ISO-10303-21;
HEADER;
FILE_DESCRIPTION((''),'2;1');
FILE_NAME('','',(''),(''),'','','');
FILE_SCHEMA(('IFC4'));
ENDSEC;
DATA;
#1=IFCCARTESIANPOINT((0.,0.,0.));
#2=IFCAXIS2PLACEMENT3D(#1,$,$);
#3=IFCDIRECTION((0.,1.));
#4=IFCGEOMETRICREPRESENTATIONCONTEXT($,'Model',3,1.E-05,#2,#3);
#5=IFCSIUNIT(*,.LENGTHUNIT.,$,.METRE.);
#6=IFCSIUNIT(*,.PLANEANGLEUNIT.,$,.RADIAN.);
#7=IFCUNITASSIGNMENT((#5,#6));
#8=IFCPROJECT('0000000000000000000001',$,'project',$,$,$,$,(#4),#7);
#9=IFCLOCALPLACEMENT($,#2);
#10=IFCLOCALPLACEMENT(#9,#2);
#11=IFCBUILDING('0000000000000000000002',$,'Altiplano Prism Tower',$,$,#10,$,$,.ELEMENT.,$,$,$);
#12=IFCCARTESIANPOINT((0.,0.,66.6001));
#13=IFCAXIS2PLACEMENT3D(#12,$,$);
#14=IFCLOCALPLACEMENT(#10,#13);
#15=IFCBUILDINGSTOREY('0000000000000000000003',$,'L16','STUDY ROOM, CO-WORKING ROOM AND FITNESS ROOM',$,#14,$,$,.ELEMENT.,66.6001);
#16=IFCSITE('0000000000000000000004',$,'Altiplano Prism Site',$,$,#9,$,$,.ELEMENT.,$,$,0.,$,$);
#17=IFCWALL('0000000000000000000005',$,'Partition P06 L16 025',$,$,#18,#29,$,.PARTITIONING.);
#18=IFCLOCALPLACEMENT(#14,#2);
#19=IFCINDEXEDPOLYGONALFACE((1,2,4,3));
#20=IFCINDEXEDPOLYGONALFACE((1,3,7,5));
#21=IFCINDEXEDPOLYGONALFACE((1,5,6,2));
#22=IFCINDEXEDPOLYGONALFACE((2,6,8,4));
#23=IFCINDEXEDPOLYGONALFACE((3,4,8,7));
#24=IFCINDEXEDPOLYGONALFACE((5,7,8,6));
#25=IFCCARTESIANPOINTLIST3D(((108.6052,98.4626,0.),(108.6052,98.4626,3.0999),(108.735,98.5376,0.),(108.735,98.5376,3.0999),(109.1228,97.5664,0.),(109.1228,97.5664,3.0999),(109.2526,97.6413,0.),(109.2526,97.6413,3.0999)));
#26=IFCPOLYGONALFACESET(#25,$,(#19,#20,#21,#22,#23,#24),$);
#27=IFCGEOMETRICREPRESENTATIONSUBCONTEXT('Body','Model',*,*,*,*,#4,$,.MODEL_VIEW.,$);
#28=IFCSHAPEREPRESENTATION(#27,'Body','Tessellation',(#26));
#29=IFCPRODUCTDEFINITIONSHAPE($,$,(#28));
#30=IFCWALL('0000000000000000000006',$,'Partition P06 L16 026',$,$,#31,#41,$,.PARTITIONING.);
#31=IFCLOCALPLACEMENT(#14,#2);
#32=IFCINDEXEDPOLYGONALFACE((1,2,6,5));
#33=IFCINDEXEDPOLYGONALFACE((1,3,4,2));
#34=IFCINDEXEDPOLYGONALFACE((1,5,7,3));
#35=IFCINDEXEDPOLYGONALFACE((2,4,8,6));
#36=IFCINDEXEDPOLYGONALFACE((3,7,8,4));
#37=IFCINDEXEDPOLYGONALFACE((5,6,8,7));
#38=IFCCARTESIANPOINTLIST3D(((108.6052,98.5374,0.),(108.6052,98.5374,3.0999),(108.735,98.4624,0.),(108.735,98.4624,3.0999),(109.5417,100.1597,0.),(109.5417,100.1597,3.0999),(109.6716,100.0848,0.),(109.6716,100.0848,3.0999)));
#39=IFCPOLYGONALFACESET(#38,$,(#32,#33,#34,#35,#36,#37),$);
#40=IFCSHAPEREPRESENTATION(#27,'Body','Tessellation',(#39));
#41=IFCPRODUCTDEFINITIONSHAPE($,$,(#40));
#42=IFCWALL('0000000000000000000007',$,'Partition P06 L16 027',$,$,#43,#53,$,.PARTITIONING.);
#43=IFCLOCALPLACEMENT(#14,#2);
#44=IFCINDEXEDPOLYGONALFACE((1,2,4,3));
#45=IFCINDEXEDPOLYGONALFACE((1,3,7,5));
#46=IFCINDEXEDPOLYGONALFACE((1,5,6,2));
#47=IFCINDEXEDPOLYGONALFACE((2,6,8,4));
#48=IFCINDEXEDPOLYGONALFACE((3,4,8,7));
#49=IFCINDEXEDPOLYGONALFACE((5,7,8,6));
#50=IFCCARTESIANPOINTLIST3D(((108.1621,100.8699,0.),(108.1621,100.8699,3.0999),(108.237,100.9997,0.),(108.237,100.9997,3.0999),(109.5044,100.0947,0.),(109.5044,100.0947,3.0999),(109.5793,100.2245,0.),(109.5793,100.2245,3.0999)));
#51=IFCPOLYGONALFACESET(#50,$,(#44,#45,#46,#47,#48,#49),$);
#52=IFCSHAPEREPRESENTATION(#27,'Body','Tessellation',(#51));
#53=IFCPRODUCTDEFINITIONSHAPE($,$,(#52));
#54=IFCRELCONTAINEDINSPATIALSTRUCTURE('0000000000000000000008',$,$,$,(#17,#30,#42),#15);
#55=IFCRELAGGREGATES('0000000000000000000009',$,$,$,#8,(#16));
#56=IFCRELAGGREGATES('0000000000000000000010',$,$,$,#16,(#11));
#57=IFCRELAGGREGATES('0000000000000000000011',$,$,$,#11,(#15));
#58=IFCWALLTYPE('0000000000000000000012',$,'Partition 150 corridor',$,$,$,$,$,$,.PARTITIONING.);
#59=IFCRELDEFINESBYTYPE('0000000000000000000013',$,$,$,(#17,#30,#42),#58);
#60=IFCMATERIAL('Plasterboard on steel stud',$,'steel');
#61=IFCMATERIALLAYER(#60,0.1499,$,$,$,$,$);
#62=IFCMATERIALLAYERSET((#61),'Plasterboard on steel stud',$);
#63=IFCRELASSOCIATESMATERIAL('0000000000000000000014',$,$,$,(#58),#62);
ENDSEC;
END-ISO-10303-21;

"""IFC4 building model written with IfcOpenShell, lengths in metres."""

from ifc_helpers import new_model, si_unit, direction, frame, frame_2d, origin, place, context, subcontext, project, spatial, rectangle, extrude, material, layer, layer_set, type_object, element, save


model = new_model("IFC4")

# Units and contexts
model_context = context("Model", 3, precision=1e-05, world=origin(), true_north=direction((0.0, 1.0)))
body_context = subcontext(model_context, "Body", "Model", "MODEL_VIEW")
ifc_project = project(units=[si_unit("LENGTHUNIT", "METRE"), si_unit("PLANEANGLEUNIT", "RADIAN")], contexts=[model_context])

# Site, building, storey
site_placement = place(None, origin())
site = spatial("IfcSite", under=ifc_project, at=site_placement, Name="Altiplano Prism Site", CompositionType="ELEMENT", RefElevation=0.0)
building_placement = place(site_placement, origin())
building = spatial("IfcBuilding", under=site, at=building_placement, Name="Altiplano Prism Tower", CompositionType="ELEMENT")
storey_placement = place(building_placement, frame((0.0, 0.0, 66.6001)))
storey = spatial("IfcBuildingStorey", under=building, at=storey_placement, Name="L16", Description="STUDY ROOM, CO-WORKING ROOM AND FITNESS ROOM", CompositionType="ELEMENT", Elevation=66.6001)

# Walls
ifc_material_1 = material(Name="Plasterboard on steel stud", Category="steel")
ifc_layer_1 = layer(ifc_material_1, 0.1499)
ifc_layer_set_1 = layer_set([ifc_layer_1], Name="Plasterboard on steel stud")
wall_type_1 = type_object("IfcWallType", Name="Partition 150 corridor", PredefinedType="PARTITIONING", material=ifc_layer_set_1)
wall_1_placement = place(storey_placement, frame((109.1877, 97.6038, 0.0), z_axis=(0.0, 0.0, 1.0), x_axis=(-0.500097, 0.86597, 0.0)))
element("IfcWall", 1, at=wall_1_placement, inside=storey, type_object=wall_type_1, Name="Partition P06 L16 025", PredefinedType="PARTITIONING", context=body_context, shape_type="SweptSolid", body=[
    extrude(rectangle(XDim=1.0349, YDim=0.1499, at=frame_2d((0.5176, 0.0))), origin(), (0.0, 0.0, 1.0), 3.0999),
])
wall_2_placement = place(storey_placement, frame((108.6702, 98.5, 0.0), z_axis=(0.0, 0.0, 1.0), x_axis=(0.499952, 0.866053, 0.0)))
element("IfcWall", 2, at=wall_2_placement, inside=storey, type_object=wall_type_1, Name="Partition P06 L16 026", PredefinedType="PARTITIONING", context=body_context, shape_type="SweptSolid", body=[
    extrude(rectangle(XDim=1.8733, YDim=0.1499, at=frame_2d((0.9365, 0.0))), origin(), (0.0, 0.0, 1.0), 3.0999),
])
wall_3_placement = place(storey_placement, frame((109.5417, 100.1597, 0.0), z_axis=(0.0, 0.0, 1.0), x_axis=(-0.865976, 0.500086, 0.0)))
element("IfcWall", 3, at=wall_3_placement, inside=storey, type_object=wall_type_1, Name="Partition P06 L16 027", PredefinedType="PARTITIONING", context=body_context, shape_type="SweptSolid", body=[
    extrude(rectangle(XDim=1.55, YDim=0.1499, at=frame_2d((0.7749, 0.0))), origin(), (0.0, 0.0, 1.0), 3.0999),
])

save(model, "model.ifc")
